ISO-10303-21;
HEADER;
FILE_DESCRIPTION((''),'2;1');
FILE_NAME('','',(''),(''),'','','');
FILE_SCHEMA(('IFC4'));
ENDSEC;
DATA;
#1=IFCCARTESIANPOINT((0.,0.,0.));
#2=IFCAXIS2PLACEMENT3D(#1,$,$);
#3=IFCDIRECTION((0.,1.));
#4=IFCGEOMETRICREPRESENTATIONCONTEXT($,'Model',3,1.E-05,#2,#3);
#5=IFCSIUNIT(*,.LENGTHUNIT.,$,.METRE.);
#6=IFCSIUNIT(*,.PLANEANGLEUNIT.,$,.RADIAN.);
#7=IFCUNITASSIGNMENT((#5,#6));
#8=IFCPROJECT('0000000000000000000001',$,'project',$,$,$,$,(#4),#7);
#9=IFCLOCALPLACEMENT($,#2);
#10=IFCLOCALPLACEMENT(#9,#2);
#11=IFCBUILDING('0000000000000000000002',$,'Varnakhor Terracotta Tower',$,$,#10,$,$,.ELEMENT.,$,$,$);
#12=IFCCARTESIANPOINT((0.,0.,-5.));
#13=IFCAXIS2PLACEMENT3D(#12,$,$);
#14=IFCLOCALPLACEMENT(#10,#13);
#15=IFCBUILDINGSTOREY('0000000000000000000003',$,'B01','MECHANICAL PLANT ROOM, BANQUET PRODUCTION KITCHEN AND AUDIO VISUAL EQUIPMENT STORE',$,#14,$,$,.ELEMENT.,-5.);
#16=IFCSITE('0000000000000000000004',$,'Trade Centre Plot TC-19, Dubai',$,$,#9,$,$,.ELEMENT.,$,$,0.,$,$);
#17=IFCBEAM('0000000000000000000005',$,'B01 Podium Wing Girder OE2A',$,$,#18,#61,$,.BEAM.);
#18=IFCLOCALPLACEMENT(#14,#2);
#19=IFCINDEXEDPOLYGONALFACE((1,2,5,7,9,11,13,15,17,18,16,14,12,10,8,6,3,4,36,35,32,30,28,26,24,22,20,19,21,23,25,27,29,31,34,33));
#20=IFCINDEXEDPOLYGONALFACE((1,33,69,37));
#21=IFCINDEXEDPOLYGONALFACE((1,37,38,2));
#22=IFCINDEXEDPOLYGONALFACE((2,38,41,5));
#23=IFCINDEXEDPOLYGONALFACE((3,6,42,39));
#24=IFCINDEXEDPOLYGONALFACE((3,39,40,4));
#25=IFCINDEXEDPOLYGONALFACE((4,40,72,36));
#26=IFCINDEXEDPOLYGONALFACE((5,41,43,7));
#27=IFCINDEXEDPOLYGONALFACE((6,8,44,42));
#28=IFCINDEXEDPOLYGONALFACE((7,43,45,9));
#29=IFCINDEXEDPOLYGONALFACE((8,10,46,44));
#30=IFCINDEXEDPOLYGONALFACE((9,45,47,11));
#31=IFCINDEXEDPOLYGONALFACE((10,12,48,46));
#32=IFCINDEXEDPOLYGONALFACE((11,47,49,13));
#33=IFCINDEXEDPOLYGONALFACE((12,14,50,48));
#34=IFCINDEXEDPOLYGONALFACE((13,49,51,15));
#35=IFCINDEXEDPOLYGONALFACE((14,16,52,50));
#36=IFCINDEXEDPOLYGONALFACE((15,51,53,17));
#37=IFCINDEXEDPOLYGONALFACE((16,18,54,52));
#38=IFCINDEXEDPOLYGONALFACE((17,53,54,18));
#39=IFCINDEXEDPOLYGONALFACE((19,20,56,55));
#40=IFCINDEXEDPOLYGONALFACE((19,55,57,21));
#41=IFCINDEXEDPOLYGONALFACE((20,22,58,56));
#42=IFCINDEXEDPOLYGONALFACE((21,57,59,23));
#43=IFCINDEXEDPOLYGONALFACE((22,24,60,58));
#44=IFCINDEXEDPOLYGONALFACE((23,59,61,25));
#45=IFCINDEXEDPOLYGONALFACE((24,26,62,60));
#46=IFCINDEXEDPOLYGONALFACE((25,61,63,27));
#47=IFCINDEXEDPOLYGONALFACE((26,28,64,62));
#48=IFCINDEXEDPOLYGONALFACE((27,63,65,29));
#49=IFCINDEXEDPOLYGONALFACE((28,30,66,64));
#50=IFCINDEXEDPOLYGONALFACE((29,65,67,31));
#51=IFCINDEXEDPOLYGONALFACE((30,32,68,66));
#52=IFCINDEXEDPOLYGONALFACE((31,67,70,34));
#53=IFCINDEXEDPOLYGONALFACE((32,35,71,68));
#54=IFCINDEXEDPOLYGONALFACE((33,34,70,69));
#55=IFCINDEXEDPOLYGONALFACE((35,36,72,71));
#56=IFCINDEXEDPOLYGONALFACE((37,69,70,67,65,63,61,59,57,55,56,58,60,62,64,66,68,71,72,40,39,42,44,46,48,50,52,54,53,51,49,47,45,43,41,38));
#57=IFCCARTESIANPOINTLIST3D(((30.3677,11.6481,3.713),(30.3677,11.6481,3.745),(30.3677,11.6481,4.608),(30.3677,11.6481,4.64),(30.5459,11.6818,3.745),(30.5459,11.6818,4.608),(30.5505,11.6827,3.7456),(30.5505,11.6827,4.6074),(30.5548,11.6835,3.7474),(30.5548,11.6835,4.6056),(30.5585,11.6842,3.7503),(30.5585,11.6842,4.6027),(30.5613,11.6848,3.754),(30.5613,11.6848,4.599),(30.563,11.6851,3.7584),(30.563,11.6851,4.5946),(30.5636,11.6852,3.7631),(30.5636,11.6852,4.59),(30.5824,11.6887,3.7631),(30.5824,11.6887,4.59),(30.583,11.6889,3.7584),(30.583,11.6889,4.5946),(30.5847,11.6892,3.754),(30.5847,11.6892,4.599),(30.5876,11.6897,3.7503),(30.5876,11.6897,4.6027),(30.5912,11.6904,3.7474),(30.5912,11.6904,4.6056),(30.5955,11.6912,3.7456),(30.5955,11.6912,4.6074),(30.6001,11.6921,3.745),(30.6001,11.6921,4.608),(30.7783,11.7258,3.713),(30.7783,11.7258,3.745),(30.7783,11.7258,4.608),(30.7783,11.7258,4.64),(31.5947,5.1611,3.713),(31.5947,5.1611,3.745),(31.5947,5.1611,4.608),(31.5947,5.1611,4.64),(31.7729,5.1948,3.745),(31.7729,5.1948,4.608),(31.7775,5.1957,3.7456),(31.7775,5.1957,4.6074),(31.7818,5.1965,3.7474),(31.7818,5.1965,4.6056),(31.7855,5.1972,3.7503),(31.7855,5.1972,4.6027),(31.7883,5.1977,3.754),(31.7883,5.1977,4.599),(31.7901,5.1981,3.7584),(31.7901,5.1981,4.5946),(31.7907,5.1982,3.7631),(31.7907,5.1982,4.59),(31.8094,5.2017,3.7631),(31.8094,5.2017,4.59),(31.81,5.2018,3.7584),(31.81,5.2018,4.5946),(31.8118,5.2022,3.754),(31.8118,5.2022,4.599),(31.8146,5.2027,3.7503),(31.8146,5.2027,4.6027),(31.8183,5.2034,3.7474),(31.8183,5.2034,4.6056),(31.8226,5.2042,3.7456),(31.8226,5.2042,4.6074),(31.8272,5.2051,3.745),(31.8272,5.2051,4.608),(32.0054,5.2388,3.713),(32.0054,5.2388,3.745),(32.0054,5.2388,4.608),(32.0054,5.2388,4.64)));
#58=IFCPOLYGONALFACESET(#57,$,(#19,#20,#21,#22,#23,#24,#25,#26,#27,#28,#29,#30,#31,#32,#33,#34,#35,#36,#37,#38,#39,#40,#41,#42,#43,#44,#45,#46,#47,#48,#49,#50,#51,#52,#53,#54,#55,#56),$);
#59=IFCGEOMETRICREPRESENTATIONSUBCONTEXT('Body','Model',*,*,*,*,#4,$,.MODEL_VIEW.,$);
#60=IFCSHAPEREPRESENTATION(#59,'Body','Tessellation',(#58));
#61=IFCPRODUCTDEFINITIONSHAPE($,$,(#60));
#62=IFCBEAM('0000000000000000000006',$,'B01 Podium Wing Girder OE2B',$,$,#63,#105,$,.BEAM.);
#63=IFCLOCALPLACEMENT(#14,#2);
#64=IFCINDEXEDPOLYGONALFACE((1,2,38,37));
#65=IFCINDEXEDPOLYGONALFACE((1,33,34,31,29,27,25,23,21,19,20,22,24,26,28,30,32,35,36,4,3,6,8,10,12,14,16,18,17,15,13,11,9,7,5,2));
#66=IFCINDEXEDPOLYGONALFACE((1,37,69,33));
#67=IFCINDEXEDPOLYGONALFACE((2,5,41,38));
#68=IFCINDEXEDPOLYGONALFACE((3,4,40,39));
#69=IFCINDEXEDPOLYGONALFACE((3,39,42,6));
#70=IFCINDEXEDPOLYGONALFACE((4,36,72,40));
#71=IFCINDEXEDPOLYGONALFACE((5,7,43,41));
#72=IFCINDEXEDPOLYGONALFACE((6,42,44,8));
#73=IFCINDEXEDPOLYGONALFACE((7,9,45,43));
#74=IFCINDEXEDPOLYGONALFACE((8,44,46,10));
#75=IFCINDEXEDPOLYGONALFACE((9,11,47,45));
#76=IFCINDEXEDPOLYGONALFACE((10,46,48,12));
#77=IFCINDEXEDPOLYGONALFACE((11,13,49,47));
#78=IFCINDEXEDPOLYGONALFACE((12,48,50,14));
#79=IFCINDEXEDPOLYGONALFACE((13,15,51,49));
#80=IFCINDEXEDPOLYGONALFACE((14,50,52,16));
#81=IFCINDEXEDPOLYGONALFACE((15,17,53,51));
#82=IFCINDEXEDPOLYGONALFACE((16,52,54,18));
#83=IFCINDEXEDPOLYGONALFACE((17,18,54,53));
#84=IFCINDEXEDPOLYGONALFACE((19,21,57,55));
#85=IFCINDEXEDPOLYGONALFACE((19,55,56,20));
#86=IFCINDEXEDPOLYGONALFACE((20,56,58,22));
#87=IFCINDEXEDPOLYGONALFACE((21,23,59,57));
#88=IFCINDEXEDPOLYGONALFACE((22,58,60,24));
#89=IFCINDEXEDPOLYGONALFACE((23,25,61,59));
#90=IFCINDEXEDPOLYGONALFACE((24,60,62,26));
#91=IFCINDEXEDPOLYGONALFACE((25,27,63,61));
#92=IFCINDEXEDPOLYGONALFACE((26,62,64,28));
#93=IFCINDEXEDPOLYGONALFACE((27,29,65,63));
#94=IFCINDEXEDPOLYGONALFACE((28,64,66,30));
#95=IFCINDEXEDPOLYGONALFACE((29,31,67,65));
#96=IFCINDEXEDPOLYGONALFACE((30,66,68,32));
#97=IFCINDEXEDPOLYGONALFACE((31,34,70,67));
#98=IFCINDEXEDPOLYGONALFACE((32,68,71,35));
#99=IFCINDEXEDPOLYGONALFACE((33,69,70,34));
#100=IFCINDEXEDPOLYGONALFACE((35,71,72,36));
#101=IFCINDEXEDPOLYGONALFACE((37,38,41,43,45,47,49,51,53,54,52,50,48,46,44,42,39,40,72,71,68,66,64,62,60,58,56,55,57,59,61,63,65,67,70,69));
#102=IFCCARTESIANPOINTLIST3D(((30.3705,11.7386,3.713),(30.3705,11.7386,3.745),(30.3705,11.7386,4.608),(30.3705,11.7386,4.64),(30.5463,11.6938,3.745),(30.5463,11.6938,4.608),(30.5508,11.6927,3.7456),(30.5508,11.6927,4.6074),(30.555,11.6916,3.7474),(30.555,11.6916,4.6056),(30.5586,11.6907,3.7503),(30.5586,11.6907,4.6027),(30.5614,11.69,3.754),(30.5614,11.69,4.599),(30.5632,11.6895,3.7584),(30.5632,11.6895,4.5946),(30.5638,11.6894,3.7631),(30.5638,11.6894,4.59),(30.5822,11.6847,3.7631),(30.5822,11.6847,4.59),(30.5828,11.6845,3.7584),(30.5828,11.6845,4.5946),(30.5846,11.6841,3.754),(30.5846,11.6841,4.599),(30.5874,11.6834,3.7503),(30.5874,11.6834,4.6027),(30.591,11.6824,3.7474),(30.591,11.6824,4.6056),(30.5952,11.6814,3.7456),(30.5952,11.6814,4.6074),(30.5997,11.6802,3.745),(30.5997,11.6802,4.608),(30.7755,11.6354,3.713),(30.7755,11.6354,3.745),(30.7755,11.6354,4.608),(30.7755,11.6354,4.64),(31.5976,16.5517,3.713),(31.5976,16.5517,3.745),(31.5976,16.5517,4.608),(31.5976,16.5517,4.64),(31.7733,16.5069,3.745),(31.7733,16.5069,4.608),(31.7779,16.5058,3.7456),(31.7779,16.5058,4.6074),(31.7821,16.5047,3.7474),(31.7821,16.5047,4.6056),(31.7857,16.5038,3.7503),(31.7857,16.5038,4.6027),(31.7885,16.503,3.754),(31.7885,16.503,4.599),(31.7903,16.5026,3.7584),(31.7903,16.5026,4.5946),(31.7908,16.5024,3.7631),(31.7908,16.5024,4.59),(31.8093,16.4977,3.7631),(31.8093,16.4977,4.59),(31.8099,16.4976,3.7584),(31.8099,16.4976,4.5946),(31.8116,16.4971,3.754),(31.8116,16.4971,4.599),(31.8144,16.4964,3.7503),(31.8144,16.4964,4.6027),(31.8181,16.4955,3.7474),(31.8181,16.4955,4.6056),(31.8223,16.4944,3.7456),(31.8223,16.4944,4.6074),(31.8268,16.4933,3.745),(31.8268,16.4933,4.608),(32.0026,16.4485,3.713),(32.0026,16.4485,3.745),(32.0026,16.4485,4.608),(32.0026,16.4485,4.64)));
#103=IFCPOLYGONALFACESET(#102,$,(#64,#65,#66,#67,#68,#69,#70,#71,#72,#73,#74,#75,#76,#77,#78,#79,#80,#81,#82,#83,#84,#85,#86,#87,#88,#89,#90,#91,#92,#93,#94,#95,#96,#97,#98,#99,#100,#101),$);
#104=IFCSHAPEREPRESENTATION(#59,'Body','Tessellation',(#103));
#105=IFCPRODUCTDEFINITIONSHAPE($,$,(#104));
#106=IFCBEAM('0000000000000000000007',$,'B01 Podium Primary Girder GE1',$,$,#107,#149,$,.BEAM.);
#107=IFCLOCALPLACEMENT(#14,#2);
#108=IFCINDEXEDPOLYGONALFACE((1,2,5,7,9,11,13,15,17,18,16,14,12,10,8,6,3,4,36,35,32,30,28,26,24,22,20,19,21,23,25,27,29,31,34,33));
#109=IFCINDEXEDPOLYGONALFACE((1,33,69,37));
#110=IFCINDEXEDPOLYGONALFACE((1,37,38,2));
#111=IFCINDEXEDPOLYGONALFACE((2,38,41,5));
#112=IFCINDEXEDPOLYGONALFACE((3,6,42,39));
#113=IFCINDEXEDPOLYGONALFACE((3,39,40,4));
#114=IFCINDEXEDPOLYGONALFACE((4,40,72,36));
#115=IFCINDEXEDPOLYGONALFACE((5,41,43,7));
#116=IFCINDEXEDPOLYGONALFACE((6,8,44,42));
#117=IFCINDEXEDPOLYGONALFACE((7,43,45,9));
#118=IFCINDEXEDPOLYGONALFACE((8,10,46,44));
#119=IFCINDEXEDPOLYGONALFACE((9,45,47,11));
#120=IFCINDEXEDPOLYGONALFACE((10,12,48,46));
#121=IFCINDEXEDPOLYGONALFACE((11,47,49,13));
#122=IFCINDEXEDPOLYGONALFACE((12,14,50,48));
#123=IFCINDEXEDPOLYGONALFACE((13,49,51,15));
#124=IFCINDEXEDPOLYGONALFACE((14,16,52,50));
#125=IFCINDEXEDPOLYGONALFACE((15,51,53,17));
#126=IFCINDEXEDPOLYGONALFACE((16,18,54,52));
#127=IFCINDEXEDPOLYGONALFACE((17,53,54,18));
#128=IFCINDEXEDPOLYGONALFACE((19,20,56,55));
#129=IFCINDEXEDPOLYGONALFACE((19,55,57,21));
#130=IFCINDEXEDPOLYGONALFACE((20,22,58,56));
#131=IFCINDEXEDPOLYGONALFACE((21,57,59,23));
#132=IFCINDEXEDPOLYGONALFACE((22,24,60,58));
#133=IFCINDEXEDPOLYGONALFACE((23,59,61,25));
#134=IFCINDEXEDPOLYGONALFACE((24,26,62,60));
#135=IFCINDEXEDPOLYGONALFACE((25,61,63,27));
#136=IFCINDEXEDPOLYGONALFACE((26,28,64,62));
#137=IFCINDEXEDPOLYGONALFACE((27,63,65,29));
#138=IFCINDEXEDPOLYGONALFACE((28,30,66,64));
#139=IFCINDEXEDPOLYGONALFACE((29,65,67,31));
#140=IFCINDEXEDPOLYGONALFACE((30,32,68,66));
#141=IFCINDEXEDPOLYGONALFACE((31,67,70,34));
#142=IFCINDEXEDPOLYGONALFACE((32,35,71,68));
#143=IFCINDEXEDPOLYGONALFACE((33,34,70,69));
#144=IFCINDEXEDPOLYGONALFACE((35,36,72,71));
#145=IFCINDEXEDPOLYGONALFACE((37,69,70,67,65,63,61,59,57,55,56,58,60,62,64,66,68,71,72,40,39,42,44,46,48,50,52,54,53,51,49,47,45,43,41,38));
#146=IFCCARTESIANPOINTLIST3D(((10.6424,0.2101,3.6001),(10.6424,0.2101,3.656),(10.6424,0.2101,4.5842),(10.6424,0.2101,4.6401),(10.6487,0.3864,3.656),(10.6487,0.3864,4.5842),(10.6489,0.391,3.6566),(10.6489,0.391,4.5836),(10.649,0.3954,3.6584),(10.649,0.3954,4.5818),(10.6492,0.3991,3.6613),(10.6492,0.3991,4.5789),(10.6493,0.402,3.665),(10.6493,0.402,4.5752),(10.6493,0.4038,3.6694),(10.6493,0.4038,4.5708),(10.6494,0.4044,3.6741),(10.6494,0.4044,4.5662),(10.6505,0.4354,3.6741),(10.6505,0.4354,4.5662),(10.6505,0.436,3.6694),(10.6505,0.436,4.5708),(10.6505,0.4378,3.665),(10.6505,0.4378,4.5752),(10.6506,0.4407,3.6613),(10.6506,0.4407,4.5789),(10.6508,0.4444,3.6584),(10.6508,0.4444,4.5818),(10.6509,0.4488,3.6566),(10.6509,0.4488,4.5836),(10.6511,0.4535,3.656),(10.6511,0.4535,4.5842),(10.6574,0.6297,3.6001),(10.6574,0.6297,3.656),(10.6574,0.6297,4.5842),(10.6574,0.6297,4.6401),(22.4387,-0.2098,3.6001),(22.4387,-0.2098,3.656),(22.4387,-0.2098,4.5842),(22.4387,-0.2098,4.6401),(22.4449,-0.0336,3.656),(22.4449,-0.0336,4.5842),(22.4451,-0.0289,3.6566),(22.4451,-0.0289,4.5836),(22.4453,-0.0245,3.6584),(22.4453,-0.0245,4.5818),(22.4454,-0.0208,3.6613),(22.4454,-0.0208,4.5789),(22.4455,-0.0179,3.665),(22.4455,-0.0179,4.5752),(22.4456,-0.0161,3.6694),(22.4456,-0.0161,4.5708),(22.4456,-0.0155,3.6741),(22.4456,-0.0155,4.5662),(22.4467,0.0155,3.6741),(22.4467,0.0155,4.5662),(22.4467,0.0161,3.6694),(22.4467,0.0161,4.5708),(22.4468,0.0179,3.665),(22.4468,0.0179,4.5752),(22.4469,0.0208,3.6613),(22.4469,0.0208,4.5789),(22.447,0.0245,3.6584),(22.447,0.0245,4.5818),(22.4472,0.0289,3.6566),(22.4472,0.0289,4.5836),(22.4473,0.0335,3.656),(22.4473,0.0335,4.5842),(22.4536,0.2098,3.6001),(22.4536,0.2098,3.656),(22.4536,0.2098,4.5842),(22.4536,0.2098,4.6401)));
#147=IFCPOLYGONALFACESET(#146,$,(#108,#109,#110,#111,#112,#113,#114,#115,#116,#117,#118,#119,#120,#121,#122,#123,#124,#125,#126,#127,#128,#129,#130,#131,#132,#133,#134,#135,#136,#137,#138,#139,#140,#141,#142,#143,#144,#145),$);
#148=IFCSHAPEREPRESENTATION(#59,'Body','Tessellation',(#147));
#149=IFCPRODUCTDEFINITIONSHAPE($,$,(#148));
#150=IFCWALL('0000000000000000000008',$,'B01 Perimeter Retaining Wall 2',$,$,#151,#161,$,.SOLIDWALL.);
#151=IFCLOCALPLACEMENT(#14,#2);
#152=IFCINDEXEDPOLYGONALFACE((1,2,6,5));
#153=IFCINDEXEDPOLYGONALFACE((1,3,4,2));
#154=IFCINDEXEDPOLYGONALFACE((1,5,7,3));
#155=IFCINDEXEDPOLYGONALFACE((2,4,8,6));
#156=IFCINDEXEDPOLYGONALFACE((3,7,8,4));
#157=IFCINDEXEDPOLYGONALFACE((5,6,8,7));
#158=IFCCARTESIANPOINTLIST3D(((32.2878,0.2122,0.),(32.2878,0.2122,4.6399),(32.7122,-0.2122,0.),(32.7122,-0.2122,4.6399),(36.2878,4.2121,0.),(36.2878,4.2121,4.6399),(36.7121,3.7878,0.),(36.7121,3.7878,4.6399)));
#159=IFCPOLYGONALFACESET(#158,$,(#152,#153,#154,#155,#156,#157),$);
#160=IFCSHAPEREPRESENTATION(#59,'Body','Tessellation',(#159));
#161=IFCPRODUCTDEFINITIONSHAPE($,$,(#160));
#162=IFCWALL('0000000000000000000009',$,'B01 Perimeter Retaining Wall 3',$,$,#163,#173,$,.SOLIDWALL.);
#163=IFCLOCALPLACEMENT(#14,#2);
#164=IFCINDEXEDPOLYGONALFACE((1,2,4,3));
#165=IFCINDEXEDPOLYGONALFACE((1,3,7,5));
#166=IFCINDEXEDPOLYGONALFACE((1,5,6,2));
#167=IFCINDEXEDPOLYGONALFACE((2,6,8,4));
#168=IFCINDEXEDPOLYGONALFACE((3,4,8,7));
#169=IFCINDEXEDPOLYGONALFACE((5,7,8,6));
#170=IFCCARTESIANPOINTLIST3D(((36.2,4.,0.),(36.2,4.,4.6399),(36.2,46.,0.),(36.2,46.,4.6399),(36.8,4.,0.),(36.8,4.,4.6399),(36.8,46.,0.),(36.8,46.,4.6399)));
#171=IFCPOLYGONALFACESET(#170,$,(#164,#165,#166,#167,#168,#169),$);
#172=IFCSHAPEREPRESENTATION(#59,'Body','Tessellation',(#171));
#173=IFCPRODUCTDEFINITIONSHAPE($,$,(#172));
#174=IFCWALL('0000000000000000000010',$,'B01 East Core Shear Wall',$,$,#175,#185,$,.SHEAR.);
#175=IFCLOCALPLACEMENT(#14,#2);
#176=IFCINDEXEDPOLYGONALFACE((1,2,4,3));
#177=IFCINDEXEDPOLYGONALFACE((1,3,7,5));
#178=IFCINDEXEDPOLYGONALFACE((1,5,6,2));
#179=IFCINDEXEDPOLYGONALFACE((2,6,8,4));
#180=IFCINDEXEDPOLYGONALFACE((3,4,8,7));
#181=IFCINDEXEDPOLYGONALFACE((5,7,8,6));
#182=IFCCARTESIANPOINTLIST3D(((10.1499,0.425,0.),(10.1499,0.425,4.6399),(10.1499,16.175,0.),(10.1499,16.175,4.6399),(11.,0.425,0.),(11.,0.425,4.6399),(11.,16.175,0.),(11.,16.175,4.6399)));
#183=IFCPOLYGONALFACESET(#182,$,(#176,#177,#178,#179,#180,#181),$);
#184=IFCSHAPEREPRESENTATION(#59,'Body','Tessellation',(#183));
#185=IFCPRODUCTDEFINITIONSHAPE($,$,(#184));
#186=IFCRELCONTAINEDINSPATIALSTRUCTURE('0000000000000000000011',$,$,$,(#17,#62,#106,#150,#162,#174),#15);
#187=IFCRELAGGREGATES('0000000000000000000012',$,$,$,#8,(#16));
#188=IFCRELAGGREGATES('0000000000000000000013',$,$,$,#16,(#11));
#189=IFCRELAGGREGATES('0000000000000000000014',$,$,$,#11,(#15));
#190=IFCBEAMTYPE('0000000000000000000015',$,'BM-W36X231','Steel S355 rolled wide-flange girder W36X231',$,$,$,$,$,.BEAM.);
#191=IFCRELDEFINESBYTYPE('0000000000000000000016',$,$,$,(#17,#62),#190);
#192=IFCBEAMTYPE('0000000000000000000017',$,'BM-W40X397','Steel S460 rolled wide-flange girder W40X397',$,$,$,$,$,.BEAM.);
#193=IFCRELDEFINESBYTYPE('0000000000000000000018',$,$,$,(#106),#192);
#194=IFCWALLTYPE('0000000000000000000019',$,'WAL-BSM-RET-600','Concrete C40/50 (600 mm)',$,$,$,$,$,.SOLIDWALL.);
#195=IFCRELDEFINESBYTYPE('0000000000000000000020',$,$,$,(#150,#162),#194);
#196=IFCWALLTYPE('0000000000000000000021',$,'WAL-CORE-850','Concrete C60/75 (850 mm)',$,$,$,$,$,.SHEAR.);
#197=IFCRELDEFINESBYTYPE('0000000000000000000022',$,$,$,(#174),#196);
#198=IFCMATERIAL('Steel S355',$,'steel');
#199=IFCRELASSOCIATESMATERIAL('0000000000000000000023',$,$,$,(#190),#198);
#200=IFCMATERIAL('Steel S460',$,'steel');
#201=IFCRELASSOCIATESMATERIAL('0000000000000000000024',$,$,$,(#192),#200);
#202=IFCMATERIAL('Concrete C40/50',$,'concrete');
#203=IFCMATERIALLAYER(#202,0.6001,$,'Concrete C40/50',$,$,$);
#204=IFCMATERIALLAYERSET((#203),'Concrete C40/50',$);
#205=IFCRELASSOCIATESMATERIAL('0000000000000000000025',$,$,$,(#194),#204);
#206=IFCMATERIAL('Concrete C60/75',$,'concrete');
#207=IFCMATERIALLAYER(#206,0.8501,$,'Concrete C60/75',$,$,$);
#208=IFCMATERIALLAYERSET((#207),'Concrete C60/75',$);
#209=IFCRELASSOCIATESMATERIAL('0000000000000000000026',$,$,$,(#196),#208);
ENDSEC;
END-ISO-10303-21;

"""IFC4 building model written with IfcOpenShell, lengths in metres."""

from ifc_helpers import new_model, si_unit, direction, frame, frame_2d, origin, origin_2d, place, context, subcontext, project, spatial, rectangle, i_section, extrude, source, transform, mapped, material, layer, layer_set, material_profile, profile_set, type_object, type_shapes, element, save


model = new_model("IFC4")

# Units and contexts
model_context = context("Model", 3, precision=1e-05, world=origin(), true_north=direction((0.0, 1.0)))
body_context = subcontext(model_context, "Body", "Model", "MODEL_VIEW")
ifc_project = project(units=[si_unit("LENGTHUNIT", "METRE"), si_unit("PLANEANGLEUNIT", "RADIAN")], contexts=[model_context])

# Site, building, storey
site_placement = place(None, origin())
site = spatial("IfcSite", under=ifc_project, at=site_placement, Name="Trade Centre Plot TC-19, Dubai", CompositionType="ELEMENT", RefElevation=0.0)
building_placement = place(site_placement, origin())
building = spatial("IfcBuilding", under=site, at=building_placement, Name="Varnakhor Terracotta Tower", CompositionType="ELEMENT")
storey_placement = place(building_placement, frame((0.0, 0.0, -5.0)))
storey = spatial("IfcBuildingStorey", under=building, at=storey_placement, Name="B01", Description="MECHANICAL PLANT ROOM, BANQUET PRODUCTION KITCHEN AND AUDIO VISUAL EQUIPMENT STORE", CompositionType="ELEMENT", Elevation=-5.0)

# Shared definitions
ifc_material_1 = material(Name="Concrete C60/75", Category="concrete")
ifc_material_2 = material(Name="Steel S460", Category="steel")

# Beams
ifc_material_3 = material(Name="Steel S355", Category="steel")
ifc_material_profile_1 = material_profile(ifc_material_3, i_section(OverallWidth=0.418, OverallDepth=0.927, WebThickness=0.019, FlangeThickness=0.032, FilletRadius=0.0181, at=origin_2d()), Name="W36X231")
ifc_profile_set_1 = profile_set([ifc_material_profile_1], Name="Steel S355")
beam_type_1 = type_object("IfcBeamType", Name="BM-W36X231", Description="Steel S355 rolled wide-flange girder W36X231", PredefinedType="BEAM", material=ifc_profile_set_1)
shared_shape_1 = source(origin(), body_context, "Body", "SweptSolid", [
    extrude(i_section(OverallWidth=0.418, OverallDepth=0.927, WebThickness=0.019, FlangeThickness=0.032, FilletRadius=0.0181, at=origin_2d()), origin(), (0.0, 0.0, 1.0), 6.6021),
])
beam_1_placement = place(storey_placement, frame((31.8, 5.2, 4.1765), z_axis=(-0.185858, 0.982577, 0.0), x_axis=(-0.982577, -0.185858, 0.0)))
element("IfcBeam", 1, at=beam_1_placement, inside=storey, type_object=beam_type_1, Name="B01 Podium Wing Girder OE2A", PredefinedType="BEAM", context=body_context, shape_type="MappedRepresentation", body=[
    mapped(shared_shape_1, transform((0.0, 0.0, 0.0), scale=1.0)),
])
shared_shape_2 = source(origin(), body_context, "Body", "SweptSolid", [
    extrude(i_section(OverallWidth=0.418, OverallDepth=0.927, WebThickness=0.019, FlangeThickness=0.032, FilletRadius=0.0181, at=origin_2d()), origin(), (0.0, 0.0, 1.0), 4.967),
])
beam_2_placement = place(storey_placement, frame((30.573, 11.687, 4.1765), z_axis=(0.247044, 0.969004, 0.0), x_axis=(-0.969004, 0.247044, 0.0)))
element("IfcBeam", 2, at=beam_2_placement, inside=storey, type_object=beam_type_1, Name="B01 Podium Wing Girder OE2B", PredefinedType="BEAM", context=body_context, shape_type="MappedRepresentation", body=[
    mapped(shared_shape_2, transform((0.0, 0.0, 0.0), scale=1.0)),
])
ifc_material_profile_2 = material_profile(ifc_material_2, i_section(OverallWidth=0.4199, OverallDepth=1.04, WebThickness=0.031, FlangeThickness=0.0559, FilletRadius=0.0181, at=origin_2d()), Name="W40X397")
ifc_profile_set_2 = profile_set([ifc_material_profile_2], Name="Steel S460")
beam_type_2 = type_object("IfcBeamType", Name="BM-W40X397", Description="Steel S460 rolled wide-flange girder W40X397", PredefinedType="BEAM", material=ifc_profile_set_2)
shared_shape_3 = source(origin(), body_context, "Body", "SweptSolid", [
    extrude(i_section(OverallWidth=0.4199, OverallDepth=1.04, WebThickness=0.031, FlangeThickness=0.0559, FilletRadius=0.0181, at=origin_2d()), origin(), (0.0, 0.0, 1.0), 11.8037),
])
type_shapes(beam_type_2, [shared_shape_3])
beam_3_placement = place(storey_placement, frame((10.6499, 0.4199, 4.1201), z_axis=(0.999367, -0.035576, 0.0), x_axis=(0.035576, 0.999367, 0.0)))
element("IfcBeam", 3, at=beam_3_placement, inside=storey, type_object=beam_type_2, Name="B01 Podium Primary Girder GE1", PredefinedType="BEAM", context=body_context, shape_type="MappedRepresentation", body=[
    mapped(shared_shape_3, transform((0.0, 0.0, 0.0), scale=1.0)),
])

# Walls
ifc_material_4 = material(Name="Concrete C40/50", Category="concrete")
ifc_layer_1 = layer(ifc_material_4, 0.6001, Name="Concrete C40/50")
ifc_layer_set_1 = layer_set([ifc_layer_1], Name="Concrete C40/50")
wall_type_1 = type_object("IfcWallType", Name="WAL-BSM-RET-600", Description="Concrete C40/50 (600 mm)", PredefinedType="SOLIDWALL", material=ifc_layer_set_1)
wall_1_placement = place(storey_placement, frame((32.5, 0.0, 0.0), z_axis=(0.0, 0.0, 1.0), x_axis=(0.707107, 0.707107, 0.0)))
element("IfcWall", 4, at=wall_1_placement, inside=storey, type_object=wall_type_1, Name="B01 Perimeter Retaining Wall 2", PredefinedType="SOLIDWALL", context=body_context, shape_type="SweptSolid", body=[
    extrude(rectangle(XDim=5.6567, YDim=0.6001, at=frame_2d((2.8284, 0.0))), origin(), (0.0, 0.0, 1.0), 4.6399),
])
wall_2_placement = place(storey_placement, frame((36.5, 4.0, 0.0), z_axis=(0.0, 0.0, 1.0), x_axis=(0.0, 1.0, 0.0)))
element("IfcWall", 5, at=wall_2_placement, inside=storey, type_object=wall_type_1, Name="B01 Perimeter Retaining Wall 3", PredefinedType="SOLIDWALL", context=body_context, shape_type="SweptSolid", body=[
    extrude(rectangle(XDim=42.0, YDim=0.6001, at=frame_2d((21.0, 0.0))), origin(), (0.0, 0.0, 1.0), 4.6399),
])
ifc_layer_2 = layer(ifc_material_1, 0.8501, Name="Concrete C60/75")
ifc_layer_set_2 = layer_set([ifc_layer_2], Name="Concrete C60/75")
wall_type_2 = type_object("IfcWallType", Name="WAL-CORE-850", Description="Concrete C60/75 (850 mm)", PredefinedType="SHEAR", material=ifc_layer_set_2)
wall_3_placement = place(storey_placement, frame((10.575, 0.425, 0.0), z_axis=(0.0, 0.0, 1.0), x_axis=(0.0, 1.0, 0.0)))
element("IfcWall", 6, at=wall_3_placement, inside=storey, type_object=wall_type_2, Name="B01 East Core Shear Wall", PredefinedType="SHEAR", context=body_context, shape_type="SweptSolid", body=[
    extrude(rectangle(XDim=15.75, YDim=0.8501, at=frame_2d((7.875, 0.0))), origin(), (0.0, 0.0, 1.0), 4.6399),
])

save(model, "model.ifc")
